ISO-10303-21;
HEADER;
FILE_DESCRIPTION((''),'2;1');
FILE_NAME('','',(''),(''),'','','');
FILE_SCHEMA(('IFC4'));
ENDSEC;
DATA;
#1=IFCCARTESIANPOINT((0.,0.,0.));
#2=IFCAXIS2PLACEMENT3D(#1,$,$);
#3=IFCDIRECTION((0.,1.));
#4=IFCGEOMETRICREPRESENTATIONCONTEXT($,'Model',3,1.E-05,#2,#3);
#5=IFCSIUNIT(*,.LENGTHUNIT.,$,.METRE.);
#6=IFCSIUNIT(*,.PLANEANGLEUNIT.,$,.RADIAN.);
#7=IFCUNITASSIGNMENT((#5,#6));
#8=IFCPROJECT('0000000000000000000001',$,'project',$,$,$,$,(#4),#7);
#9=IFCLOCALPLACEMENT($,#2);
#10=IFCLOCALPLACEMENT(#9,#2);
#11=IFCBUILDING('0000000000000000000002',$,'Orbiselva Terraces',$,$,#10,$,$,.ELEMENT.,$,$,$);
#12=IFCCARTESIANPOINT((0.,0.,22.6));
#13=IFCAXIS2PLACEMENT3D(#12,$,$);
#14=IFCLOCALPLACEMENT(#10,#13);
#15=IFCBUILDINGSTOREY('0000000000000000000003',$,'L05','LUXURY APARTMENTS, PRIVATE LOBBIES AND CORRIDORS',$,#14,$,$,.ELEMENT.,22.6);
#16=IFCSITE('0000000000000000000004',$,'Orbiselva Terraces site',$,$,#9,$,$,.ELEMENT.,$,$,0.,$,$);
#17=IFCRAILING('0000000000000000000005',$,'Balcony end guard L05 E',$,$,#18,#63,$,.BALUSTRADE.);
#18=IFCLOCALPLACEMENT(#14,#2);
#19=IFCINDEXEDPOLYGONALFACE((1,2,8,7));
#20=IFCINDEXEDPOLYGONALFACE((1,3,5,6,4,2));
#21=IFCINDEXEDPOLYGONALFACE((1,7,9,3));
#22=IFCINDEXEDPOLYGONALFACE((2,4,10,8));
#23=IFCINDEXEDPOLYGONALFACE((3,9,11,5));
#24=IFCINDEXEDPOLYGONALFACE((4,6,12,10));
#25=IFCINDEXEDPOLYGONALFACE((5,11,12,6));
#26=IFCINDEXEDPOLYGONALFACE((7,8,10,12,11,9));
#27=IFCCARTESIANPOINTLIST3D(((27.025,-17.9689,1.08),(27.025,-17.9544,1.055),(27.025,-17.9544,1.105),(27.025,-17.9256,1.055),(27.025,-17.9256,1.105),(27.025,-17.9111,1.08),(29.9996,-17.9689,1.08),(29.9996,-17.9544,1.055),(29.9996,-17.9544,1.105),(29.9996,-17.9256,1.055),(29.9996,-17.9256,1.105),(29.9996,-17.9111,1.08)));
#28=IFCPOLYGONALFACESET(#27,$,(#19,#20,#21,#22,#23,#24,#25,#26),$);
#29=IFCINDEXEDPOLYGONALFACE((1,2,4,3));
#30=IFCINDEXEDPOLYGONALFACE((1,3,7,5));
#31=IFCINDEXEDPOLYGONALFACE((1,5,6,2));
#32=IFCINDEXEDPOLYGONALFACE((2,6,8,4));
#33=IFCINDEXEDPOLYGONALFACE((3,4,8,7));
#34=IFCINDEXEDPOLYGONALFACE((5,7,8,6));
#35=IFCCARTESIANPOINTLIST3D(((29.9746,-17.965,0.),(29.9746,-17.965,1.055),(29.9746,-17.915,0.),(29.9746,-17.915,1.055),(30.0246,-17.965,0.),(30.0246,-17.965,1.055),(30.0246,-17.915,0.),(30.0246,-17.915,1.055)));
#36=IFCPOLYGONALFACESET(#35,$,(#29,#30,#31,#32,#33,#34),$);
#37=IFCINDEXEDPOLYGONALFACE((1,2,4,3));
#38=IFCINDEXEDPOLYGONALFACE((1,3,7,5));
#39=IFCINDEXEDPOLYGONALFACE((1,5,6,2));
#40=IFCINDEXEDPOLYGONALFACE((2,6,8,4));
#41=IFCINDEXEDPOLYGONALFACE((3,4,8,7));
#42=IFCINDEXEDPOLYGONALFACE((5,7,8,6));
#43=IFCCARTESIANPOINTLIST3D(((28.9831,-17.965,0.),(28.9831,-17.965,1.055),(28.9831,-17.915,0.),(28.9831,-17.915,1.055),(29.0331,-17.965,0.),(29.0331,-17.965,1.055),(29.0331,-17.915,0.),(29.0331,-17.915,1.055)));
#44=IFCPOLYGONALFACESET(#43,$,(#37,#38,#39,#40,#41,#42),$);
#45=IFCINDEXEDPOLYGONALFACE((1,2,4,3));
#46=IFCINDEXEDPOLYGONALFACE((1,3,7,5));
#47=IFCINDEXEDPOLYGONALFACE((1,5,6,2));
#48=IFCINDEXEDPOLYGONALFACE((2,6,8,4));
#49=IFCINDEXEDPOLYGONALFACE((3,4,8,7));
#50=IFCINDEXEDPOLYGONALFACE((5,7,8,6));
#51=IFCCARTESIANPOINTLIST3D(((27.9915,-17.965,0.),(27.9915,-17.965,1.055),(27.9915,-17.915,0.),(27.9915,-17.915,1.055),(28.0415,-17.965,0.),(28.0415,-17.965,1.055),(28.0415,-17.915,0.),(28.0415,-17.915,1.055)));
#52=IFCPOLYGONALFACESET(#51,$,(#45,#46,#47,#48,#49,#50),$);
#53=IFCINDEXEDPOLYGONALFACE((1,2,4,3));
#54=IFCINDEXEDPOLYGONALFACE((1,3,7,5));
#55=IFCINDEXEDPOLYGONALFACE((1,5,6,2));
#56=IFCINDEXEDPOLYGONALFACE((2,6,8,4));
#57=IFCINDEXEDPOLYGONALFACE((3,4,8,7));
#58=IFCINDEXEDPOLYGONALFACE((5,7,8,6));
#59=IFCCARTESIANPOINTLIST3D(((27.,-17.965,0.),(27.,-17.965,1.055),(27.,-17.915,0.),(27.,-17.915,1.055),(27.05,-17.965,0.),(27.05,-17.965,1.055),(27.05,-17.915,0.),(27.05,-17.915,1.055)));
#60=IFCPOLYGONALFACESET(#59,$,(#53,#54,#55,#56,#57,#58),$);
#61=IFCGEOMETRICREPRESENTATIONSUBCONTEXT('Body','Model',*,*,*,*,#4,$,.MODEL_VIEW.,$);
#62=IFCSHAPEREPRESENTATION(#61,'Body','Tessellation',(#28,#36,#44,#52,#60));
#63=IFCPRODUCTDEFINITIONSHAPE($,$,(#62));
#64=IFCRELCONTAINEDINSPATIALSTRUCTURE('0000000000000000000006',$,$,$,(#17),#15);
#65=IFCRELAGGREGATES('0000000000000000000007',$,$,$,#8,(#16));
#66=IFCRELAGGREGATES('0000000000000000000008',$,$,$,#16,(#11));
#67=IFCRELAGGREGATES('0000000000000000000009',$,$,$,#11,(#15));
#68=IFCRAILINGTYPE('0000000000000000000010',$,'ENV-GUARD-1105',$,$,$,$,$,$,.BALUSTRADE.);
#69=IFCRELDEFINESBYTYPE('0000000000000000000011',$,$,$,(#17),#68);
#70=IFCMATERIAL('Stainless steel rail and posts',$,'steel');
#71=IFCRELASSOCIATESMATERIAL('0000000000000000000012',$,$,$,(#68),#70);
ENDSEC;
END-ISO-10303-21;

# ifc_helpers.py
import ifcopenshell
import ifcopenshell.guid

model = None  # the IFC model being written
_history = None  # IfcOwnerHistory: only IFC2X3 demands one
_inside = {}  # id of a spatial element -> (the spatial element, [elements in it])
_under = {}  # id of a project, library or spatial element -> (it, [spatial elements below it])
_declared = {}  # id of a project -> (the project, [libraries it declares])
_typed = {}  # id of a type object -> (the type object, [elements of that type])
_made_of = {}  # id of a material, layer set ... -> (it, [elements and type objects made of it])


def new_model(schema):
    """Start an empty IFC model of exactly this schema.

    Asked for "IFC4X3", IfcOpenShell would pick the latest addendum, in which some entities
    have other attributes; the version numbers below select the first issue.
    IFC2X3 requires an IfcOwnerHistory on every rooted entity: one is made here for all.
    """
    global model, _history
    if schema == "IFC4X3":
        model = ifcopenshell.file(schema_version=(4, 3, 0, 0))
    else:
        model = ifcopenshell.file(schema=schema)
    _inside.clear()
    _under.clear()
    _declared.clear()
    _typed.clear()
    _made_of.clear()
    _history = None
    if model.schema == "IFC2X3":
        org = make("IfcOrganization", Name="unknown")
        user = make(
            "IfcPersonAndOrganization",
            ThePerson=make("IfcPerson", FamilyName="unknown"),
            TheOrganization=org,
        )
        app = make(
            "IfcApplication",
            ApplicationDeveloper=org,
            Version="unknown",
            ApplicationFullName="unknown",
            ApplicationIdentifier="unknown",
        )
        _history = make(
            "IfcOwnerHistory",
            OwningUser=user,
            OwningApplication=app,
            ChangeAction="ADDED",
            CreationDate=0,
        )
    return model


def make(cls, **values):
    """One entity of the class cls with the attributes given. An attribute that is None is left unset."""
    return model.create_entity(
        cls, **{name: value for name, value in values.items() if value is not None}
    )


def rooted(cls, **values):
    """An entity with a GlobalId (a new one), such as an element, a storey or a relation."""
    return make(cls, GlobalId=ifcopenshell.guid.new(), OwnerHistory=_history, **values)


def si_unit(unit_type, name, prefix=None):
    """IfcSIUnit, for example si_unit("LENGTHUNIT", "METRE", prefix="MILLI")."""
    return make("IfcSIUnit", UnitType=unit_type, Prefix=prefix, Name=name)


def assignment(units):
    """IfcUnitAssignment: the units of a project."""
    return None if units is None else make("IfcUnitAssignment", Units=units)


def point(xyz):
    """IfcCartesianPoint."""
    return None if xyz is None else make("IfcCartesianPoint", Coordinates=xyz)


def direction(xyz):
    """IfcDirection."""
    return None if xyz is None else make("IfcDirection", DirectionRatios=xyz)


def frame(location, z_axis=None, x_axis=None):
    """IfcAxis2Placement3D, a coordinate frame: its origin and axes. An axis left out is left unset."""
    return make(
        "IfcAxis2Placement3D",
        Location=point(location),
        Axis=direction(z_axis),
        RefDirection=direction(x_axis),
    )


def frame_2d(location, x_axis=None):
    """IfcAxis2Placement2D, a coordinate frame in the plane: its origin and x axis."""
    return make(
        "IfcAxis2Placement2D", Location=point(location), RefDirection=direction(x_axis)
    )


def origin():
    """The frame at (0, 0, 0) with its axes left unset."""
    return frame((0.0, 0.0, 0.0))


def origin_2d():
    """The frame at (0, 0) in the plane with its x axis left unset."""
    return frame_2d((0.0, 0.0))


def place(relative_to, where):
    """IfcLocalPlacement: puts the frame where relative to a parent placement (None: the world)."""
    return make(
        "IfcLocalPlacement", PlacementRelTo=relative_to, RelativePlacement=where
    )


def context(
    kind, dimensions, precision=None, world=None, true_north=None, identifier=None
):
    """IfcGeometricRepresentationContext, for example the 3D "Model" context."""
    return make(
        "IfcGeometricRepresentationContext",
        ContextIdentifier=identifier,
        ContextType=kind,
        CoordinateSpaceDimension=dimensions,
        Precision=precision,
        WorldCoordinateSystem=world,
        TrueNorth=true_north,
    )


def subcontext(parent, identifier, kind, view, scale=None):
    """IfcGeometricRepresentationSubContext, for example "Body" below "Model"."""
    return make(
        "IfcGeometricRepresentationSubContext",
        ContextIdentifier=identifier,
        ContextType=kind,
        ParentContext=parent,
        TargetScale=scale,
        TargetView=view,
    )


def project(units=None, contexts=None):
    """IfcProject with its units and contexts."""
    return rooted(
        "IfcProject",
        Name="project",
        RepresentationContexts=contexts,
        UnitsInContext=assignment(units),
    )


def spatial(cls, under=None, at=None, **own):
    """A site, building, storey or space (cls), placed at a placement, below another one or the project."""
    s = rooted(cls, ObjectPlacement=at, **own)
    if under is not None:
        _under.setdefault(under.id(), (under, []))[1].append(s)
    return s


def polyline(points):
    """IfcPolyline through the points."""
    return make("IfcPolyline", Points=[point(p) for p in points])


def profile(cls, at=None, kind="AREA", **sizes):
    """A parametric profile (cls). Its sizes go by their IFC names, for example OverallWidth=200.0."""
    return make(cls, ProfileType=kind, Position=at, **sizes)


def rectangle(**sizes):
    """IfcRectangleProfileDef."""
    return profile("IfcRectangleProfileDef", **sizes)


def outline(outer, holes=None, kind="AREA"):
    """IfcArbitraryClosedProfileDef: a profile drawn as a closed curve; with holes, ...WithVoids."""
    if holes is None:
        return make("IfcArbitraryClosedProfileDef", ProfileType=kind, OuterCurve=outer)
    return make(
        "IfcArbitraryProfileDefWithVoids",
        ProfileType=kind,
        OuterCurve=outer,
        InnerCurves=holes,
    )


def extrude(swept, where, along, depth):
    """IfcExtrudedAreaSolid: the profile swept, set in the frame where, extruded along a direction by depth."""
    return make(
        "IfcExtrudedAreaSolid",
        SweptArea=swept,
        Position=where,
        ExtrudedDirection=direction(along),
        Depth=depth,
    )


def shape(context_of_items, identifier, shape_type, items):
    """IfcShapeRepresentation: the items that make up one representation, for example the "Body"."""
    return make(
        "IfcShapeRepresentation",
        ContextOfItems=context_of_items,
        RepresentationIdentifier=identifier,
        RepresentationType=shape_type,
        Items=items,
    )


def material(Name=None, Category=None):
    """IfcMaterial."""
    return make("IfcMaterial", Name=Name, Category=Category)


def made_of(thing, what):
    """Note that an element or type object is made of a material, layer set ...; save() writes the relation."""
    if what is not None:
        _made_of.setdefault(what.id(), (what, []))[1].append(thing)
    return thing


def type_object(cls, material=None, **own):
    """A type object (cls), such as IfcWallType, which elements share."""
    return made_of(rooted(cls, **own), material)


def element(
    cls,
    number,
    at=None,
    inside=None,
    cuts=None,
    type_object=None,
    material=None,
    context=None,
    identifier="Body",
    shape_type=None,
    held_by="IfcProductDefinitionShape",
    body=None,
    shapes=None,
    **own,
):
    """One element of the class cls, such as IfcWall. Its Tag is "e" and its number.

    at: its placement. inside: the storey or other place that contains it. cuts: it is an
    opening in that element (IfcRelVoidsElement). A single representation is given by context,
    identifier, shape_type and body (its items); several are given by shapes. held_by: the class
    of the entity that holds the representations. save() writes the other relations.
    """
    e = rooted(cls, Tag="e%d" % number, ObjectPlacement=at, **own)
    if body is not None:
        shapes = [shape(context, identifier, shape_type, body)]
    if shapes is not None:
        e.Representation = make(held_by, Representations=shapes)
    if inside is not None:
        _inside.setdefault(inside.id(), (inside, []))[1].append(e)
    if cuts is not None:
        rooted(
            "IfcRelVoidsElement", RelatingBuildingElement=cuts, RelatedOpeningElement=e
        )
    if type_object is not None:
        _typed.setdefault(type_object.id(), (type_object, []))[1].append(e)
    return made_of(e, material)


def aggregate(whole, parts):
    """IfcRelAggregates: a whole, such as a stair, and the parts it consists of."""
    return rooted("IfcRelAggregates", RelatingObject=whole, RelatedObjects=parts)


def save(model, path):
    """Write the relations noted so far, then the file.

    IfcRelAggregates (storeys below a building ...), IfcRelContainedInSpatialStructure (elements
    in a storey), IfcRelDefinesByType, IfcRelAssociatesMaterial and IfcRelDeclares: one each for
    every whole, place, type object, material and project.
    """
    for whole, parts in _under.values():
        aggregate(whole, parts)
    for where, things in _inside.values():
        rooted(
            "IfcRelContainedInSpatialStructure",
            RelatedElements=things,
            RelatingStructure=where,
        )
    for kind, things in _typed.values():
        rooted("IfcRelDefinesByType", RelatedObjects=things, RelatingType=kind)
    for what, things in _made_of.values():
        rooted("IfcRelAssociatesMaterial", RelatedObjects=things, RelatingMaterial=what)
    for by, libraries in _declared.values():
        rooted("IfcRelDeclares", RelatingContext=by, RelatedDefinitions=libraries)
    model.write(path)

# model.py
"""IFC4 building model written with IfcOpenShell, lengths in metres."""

from ifc_helpers import new_model, si_unit, direction, frame, origin, origin_2d, place, context, subcontext, project, spatial, polyline, rectangle, outline, extrude, material, type_object, element, save


model = new_model("IFC4")

# Units and contexts
model_context = context("Model", 3, precision=1e-05, world=origin(), true_north=direction((0.0, 1.0)))
body_context = subcontext(model_context, "Body", "Model", "MODEL_VIEW")
ifc_project = project(units=[si_unit("LENGTHUNIT", "METRE"), si_unit("PLANEANGLEUNIT", "RADIAN")], contexts=[model_context])

# Site, building, storey
site_placement = place(None, origin())
site = spatial("IfcSite", under=ifc_project, at=site_placement, Name="Orbiselva Terraces site", CompositionType="ELEMENT", RefElevation=0.0)
building_placement = place(site_placement, origin())
building = spatial("IfcBuilding", under=site, at=building_placement, Name="Orbiselva Terraces", CompositionType="ELEMENT")
storey_placement = place(building_placement, frame((0.0, 0.0, 22.6)))
storey = spatial("IfcBuildingStorey", under=building, at=storey_placement, Name="L05", Description="LUXURY APARTMENTS, PRIVATE LOBBIES AND CORRIDORS", CompositionType="ELEMENT", Elevation=22.6)

# Railing
ifc_material_1 = material(Name="Stainless steel rail and posts", Category="steel")
railing_type_1 = type_object("IfcRailingType", Name="ENV-GUARD-1105", PredefinedType="BALUSTRADE", material=ifc_material_1)
railing_1_placement = place(storey_placement, frame((29.9996, -17.94, 0.0)))
element("IfcRailing", 1, at=railing_1_placement, inside=storey, type_object=railing_type_1, Name="Balcony end guard L05 E", PredefinedType="BALUSTRADE", context=body_context, shape_type="SweptSolid", body=[
    extrude(outline(polyline([(0.0289, 0.0), (0.0144, 0.025), (-0.0144, 0.025), (-0.0289, 0.0), (-0.0144, -0.025), (0.0144, -0.025), (0.0289, 0.0)])), frame((0.0, 0.0, 1.08), z_axis=(-1.0, 0.0, 0.0), x_axis=(0.0, -1.0, 0.0)), (0.0, 0.0, 1.0), 2.9746),
    extrude(rectangle(XDim=0.05, YDim=0.05, at=origin_2d()), origin(), (0.0, 0.0, 1.0), 1.055),
    extrude(rectangle(XDim=0.05, YDim=0.05, at=origin_2d()), frame((-0.9915, 0.0, 0.0)), (0.0, 0.0, 1.0), 1.055),
    extrude(rectangle(XDim=0.05, YDim=0.05, at=origin_2d()), frame((-1.9831, 0.0, 0.0)), (0.0, 0.0, 1.0), 1.055),
    extrude(rectangle(XDim=0.05, YDim=0.05, at=origin_2d()), frame((-2.9746, 0.0, 0.0)), (0.0, 0.0, 1.0), 1.055),
])

save(model, "model.ifc")
